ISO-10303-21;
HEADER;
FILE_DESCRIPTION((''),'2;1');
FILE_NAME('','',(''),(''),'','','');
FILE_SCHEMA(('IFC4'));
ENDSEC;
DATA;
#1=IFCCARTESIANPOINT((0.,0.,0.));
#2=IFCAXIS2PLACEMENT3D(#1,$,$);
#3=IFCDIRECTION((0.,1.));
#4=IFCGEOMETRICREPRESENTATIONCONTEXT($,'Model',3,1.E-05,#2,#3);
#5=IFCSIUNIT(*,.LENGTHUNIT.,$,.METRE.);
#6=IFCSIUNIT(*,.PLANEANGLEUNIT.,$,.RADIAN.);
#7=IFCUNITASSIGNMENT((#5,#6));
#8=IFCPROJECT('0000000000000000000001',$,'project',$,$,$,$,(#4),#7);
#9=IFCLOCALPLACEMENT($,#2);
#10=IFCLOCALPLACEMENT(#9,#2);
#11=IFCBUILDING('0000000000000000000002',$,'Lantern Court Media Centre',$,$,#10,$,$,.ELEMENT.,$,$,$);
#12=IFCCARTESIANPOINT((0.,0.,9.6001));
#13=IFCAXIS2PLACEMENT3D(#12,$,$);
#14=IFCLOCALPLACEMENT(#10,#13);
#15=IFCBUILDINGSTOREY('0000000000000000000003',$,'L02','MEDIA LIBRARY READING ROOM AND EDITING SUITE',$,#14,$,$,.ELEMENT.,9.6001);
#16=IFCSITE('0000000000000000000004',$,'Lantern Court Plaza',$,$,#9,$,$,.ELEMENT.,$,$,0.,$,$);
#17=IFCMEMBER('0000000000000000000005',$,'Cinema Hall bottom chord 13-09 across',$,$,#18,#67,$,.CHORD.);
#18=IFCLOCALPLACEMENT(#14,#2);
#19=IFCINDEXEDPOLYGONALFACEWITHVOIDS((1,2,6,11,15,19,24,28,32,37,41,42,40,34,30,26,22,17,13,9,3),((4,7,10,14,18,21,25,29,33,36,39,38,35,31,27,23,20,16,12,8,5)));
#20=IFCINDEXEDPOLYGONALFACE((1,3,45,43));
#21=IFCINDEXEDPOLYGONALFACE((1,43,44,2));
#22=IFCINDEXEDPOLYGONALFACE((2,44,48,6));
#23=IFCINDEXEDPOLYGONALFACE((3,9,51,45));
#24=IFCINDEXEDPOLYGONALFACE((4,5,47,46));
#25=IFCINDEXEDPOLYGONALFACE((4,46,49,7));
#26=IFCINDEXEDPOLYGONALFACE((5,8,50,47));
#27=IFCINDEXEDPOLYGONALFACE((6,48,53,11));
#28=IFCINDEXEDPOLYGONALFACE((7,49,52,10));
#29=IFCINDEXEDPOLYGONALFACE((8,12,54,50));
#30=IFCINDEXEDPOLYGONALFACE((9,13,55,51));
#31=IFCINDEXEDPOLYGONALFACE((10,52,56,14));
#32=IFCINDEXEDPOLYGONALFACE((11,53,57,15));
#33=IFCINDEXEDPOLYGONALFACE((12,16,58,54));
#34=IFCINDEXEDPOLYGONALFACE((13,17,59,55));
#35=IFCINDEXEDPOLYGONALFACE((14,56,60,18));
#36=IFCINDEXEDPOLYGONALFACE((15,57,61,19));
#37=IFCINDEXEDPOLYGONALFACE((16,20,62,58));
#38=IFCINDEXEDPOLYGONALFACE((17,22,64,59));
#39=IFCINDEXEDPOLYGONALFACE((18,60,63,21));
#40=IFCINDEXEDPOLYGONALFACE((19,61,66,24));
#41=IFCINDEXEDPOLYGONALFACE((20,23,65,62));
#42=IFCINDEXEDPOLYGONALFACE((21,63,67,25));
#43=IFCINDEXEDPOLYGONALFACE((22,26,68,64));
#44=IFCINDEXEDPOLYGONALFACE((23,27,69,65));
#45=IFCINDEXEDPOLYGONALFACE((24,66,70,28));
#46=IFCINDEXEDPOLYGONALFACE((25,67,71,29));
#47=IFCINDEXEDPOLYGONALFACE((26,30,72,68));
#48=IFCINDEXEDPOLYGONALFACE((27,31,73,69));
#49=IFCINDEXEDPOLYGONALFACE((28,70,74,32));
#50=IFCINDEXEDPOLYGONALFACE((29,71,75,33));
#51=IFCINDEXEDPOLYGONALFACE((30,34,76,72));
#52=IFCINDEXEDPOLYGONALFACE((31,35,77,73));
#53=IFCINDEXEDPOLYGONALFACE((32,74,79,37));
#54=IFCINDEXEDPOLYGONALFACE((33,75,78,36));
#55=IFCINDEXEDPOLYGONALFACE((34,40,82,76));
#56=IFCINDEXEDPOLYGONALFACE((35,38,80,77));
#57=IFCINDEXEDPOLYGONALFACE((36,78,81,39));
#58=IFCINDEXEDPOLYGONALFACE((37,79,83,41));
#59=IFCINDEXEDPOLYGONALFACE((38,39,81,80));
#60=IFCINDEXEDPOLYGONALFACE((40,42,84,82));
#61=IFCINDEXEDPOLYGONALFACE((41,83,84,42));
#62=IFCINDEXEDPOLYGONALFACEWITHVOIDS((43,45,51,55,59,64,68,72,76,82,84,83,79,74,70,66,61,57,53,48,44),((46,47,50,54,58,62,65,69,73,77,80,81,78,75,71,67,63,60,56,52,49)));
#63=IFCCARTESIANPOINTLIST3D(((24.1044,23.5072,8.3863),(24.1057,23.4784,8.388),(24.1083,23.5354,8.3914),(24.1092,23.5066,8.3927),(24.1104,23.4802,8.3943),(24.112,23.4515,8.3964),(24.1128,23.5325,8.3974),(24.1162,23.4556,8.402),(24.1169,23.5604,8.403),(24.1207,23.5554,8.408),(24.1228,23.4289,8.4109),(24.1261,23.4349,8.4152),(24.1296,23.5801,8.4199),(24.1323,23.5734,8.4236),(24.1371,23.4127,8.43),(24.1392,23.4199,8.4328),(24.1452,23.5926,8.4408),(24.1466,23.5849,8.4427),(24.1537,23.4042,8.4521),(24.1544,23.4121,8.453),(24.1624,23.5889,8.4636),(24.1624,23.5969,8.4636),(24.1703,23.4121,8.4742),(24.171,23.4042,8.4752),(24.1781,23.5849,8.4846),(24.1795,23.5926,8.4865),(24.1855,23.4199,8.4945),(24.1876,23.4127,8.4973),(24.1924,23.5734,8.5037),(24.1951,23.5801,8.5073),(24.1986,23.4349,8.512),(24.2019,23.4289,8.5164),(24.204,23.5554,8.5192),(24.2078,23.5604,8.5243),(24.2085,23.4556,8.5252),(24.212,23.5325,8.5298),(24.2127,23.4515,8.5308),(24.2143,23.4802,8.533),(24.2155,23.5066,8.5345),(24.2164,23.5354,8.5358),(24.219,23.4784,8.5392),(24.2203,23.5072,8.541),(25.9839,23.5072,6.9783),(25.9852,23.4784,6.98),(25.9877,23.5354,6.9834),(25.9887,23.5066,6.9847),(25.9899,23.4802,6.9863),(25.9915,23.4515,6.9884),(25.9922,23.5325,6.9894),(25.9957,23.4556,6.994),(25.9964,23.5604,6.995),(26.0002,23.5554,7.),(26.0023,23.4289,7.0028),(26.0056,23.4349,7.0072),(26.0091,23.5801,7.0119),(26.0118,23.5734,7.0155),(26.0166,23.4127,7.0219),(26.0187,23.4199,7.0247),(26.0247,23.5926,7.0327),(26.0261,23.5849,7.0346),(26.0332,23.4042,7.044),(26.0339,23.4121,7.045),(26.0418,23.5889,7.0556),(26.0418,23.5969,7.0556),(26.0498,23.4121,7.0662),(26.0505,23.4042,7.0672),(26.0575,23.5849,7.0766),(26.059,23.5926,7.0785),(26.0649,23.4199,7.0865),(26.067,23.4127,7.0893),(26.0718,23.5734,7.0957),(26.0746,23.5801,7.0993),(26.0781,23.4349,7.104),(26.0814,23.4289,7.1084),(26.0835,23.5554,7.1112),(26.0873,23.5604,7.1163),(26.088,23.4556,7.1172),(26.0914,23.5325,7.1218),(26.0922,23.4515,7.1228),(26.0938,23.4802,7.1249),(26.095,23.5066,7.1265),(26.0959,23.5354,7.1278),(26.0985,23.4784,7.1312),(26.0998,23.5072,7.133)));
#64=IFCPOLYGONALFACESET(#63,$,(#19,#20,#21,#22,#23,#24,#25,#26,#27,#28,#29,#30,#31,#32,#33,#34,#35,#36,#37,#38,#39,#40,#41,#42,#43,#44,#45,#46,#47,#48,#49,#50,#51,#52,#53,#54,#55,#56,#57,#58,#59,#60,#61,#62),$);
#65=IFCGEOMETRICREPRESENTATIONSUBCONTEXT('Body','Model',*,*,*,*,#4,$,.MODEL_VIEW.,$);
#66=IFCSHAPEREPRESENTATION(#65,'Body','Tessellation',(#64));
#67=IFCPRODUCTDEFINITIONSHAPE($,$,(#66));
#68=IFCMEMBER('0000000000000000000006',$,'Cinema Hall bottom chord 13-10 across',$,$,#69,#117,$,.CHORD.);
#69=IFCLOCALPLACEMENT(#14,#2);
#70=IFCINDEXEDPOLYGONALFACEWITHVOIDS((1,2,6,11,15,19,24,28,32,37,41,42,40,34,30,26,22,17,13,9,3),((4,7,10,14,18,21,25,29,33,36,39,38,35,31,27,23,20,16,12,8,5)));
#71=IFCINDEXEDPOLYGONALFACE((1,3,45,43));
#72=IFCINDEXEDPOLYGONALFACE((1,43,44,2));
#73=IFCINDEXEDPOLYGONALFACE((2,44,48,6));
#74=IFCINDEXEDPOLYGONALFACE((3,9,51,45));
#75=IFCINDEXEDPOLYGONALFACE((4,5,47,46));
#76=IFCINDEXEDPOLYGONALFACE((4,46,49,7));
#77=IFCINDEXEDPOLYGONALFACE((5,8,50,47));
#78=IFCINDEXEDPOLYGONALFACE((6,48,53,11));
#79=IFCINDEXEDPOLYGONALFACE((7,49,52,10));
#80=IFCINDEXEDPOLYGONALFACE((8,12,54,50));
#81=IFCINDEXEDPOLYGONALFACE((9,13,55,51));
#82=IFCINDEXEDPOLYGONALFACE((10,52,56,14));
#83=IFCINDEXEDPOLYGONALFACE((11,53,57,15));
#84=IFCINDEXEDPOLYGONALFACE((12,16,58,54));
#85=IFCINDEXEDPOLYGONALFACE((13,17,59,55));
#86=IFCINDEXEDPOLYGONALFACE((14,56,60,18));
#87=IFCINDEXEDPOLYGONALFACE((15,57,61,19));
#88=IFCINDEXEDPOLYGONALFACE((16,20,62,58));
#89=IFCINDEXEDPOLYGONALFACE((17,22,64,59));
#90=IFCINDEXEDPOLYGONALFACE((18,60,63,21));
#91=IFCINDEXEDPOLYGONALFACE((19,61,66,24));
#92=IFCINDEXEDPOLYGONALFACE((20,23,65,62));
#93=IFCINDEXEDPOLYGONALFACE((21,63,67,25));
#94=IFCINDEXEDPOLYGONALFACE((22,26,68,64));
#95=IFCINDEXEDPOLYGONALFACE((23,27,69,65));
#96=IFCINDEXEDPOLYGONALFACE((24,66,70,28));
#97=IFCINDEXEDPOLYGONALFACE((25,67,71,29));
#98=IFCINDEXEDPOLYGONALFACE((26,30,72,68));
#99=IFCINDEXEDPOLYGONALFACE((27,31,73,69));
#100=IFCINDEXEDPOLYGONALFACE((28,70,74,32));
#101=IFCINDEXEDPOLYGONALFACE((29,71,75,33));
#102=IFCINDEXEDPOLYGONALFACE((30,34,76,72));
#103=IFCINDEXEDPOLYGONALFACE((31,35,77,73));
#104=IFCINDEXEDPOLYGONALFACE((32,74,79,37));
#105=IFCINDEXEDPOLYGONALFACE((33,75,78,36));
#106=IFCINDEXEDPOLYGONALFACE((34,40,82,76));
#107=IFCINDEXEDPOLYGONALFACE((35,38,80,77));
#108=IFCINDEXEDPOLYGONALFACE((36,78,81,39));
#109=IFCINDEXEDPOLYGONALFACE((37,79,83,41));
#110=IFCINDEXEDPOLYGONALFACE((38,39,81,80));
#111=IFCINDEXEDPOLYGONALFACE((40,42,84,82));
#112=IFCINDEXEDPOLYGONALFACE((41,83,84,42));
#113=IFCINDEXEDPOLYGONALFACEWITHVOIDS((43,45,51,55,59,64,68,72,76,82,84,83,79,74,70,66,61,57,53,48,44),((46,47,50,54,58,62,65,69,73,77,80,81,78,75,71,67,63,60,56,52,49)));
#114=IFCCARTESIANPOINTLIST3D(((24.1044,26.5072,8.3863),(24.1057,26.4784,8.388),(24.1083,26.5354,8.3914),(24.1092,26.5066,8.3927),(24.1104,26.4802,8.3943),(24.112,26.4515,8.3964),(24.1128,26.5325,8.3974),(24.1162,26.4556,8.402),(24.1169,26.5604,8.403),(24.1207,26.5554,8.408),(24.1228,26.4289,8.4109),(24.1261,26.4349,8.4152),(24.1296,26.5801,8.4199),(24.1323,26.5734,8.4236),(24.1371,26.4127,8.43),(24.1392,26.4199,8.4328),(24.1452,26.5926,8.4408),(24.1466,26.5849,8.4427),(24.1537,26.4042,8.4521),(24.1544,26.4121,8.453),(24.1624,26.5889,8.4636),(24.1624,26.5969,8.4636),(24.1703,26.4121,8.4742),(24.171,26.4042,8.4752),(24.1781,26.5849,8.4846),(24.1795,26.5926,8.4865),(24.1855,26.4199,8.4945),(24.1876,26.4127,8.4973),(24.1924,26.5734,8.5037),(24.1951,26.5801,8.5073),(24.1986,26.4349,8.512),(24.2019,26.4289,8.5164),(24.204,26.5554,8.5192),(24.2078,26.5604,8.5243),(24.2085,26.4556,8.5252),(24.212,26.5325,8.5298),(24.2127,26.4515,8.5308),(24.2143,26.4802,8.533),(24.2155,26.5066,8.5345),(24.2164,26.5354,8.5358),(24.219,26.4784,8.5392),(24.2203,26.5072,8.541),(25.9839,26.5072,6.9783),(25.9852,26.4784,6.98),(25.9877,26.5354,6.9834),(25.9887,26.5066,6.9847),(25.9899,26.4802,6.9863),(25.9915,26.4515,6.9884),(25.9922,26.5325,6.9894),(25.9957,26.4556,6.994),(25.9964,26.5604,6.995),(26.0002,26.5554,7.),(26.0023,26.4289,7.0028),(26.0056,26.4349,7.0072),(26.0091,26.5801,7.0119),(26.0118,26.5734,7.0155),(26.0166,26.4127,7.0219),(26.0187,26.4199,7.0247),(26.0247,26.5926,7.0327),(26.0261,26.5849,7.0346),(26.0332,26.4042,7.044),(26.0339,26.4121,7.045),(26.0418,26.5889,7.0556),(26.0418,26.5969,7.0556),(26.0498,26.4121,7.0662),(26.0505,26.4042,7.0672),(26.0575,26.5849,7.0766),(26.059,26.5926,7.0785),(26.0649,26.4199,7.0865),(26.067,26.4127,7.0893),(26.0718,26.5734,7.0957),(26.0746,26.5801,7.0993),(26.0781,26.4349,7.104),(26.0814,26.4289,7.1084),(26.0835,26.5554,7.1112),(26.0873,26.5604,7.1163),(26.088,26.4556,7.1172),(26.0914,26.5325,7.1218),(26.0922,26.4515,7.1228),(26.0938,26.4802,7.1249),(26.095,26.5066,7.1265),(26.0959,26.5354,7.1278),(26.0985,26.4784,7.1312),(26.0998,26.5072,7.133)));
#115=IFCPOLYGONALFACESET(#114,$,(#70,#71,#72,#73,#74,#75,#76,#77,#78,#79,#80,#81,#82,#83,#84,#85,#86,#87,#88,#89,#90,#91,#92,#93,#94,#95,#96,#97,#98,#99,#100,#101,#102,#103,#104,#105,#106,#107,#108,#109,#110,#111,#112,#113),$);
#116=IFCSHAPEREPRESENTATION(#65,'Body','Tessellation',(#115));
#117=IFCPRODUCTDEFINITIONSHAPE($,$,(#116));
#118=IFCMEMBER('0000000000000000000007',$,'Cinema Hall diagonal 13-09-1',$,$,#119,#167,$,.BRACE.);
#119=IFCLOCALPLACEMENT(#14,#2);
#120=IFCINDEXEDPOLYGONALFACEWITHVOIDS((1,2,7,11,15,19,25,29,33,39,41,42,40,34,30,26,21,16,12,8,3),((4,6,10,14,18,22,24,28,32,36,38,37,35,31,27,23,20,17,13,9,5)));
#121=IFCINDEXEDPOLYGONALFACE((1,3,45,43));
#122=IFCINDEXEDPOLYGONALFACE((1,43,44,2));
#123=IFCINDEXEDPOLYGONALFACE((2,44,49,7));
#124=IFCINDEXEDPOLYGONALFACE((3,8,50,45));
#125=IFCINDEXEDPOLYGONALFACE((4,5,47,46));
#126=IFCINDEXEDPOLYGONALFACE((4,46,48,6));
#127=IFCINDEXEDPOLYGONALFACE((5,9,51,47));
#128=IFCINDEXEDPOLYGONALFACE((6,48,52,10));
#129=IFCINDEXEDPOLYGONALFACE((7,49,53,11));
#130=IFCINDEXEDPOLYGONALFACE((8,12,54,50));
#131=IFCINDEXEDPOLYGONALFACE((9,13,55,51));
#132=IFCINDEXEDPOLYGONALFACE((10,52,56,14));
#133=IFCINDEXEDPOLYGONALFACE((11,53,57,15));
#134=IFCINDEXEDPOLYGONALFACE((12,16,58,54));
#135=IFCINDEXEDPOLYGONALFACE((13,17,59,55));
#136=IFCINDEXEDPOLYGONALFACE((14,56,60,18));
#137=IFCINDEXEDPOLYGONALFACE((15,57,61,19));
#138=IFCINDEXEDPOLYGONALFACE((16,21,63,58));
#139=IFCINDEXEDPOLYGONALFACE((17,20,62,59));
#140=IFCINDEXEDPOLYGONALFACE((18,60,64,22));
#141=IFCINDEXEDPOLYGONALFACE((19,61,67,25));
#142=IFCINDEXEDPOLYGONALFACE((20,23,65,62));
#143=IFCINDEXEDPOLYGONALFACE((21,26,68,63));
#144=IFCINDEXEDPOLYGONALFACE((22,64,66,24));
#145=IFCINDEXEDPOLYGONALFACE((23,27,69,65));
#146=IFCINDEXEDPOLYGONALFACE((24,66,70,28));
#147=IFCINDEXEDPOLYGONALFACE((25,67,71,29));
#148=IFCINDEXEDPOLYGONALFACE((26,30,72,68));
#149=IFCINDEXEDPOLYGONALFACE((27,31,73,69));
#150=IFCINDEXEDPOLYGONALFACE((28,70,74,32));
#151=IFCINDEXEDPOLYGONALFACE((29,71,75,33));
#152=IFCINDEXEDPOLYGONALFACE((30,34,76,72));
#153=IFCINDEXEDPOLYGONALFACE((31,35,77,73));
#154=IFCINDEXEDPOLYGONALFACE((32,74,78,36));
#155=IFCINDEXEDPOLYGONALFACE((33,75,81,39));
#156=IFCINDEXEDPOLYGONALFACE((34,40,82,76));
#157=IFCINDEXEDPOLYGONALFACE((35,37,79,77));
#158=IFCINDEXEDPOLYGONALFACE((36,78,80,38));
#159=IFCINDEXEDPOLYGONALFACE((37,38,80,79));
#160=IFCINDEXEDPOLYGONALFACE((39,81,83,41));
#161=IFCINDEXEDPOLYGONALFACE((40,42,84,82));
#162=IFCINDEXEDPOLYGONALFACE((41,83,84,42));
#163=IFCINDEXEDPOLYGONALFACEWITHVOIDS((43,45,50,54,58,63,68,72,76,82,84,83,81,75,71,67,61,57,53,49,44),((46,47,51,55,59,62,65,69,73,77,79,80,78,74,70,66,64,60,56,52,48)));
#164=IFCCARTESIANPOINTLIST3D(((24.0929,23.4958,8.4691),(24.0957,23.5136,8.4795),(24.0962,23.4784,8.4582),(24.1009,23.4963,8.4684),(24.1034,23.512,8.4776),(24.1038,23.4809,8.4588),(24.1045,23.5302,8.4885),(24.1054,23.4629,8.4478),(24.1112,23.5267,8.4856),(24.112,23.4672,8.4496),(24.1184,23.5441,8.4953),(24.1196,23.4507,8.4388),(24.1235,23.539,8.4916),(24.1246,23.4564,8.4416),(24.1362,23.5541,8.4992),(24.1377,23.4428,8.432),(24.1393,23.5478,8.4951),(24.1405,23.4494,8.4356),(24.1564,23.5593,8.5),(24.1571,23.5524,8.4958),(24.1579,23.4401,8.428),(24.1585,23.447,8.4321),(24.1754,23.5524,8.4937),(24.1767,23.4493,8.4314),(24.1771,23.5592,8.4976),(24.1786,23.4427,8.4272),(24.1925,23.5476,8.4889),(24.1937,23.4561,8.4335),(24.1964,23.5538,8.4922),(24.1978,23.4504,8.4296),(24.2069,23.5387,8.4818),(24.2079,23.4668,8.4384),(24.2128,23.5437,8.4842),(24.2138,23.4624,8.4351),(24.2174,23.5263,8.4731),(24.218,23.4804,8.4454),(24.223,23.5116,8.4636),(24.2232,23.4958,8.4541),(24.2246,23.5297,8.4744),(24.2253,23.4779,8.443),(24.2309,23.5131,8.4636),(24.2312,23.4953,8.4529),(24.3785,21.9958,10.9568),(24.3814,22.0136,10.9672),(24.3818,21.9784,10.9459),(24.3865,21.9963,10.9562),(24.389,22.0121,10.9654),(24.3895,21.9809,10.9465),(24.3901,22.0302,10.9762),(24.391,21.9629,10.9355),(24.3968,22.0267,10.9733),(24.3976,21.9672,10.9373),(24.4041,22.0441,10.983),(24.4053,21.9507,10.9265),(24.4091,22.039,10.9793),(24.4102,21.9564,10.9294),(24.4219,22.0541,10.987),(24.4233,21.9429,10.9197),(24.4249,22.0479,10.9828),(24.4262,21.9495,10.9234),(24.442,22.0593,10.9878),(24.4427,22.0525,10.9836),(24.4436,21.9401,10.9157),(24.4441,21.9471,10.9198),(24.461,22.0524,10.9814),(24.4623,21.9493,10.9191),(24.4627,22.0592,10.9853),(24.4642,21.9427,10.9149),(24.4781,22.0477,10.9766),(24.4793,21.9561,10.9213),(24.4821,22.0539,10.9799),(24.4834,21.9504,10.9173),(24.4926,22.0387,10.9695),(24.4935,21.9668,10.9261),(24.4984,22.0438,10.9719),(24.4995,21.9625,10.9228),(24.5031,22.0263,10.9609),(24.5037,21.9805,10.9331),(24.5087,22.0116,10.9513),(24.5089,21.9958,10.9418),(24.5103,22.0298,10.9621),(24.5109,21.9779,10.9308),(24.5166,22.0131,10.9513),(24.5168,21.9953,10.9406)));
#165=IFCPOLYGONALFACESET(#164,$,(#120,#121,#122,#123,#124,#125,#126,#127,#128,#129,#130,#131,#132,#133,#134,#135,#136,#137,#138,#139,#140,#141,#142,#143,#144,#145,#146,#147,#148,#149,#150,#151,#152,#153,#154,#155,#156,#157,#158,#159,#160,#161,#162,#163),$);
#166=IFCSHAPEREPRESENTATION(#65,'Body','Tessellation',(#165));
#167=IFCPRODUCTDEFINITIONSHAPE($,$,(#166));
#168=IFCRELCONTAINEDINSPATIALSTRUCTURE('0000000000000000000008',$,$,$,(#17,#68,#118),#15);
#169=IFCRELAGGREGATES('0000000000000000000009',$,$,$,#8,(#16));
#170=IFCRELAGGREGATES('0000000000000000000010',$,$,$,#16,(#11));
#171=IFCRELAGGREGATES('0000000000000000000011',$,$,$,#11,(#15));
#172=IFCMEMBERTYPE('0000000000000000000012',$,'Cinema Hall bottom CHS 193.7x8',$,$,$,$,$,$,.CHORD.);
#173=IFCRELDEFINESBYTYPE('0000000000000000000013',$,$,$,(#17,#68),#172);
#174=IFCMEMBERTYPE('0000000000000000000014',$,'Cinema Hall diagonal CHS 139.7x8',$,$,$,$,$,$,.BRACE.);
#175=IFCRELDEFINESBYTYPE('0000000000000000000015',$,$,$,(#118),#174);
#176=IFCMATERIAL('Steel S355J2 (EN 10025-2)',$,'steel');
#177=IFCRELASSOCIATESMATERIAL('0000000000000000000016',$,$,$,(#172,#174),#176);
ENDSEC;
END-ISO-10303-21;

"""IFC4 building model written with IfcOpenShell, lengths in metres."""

from ifc_helpers import new_model, si_unit, direction, frame, origin, origin_2d, place, context, subcontext, project, spatial, hollow_circle, extrude, material, material_profile, profile_set, type_object, element, save


model = new_model("IFC4")

# Units and contexts
model_context = context("Model", 3, precision=1e-05, world=origin(), true_north=direction((0.0, 1.0)))
body_context = subcontext(model_context, "Body", "Model", "MODEL_VIEW")
ifc_project = project(units=[si_unit("LENGTHUNIT", "METRE"), si_unit("PLANEANGLEUNIT", "RADIAN")], contexts=[model_context])

# Site, building, storey
site_placement = place(None, origin())
site = spatial("IfcSite", under=ifc_project, at=site_placement, Name="Lantern Court Plaza", CompositionType="ELEMENT", RefElevation=0.0)
building_placement = place(site_placement, origin())
building = spatial("IfcBuilding", under=site, at=building_placement, Name="Lantern Court Media Centre", CompositionType="ELEMENT")
storey_placement = place(building_placement, frame((0.0, 0.0, 9.6001)))
storey = spatial("IfcBuildingStorey", under=building, at=storey_placement, Name="L02", Description="MEDIA LIBRARY READING ROOM AND EDITING SUITE", CompositionType="ELEMENT", Elevation=9.6001)

# Members
ifc_material = material(Name="Steel S355J2 (EN 10025-2)", Category="steel")
ifc_material_profile_1 = material_profile(ifc_material, hollow_circle(Radius=0.0969, WallThickness=0.0081, at=origin_2d()), Name="Cinema Hall bottom CHS 193.7x8")
ifc_profile_set_1 = profile_set([ifc_material_profile_1], Name="Steel S355J2 (EN 10025-2)")
member_type_1 = type_object("IfcMemberType", Name="Cinema Hall bottom CHS 193.7x8", PredefinedType="CHORD", material=ifc_profile_set_1)
for number, where, z_axis, x_axis, name in (
    (1, (24.1624, 23.5, 8.4636), (0.800324, 0.0, -0.599567), (0.0, 1.0, 0.0), "Cinema Hall bottom chord 13-09 across"),
    (2, (24.1624, 26.5, 8.4636), (0.800324, 0.0, -0.599567), (0.0, 1.0, 0.0), "Cinema Hall bottom chord 13-10 across"),
):
    element("IfcMember", number, at=place(storey_placement, frame(where, z_axis=z_axis, x_axis=x_axis)), inside=storey, type_object=member_type_1, Name=name, PredefinedType="CHORD", context=body_context, shape_type="SweptSolid", body=[
        extrude(hollow_circle(Radius=0.0969, WallThickness=0.0081, at=origin_2d()), origin(), (0.0, 0.0, 1.0), 2.3484),
    ])
ifc_material_profile_2 = material_profile(ifc_material, hollow_circle(Radius=0.0698, WallThickness=0.0081, at=origin_2d()), Name="Cinema Hall diagonal CHS 139.7x8")
ifc_profile_set_2 = profile_set([ifc_material_profile_2], Name="Steel S355J2 (EN 10025-2)")
member_type_2 = type_object("IfcMemberType", Name="Cinema Hall diagonal CHS 139.7x8", PredefinedType="BRACE", material=ifc_profile_set_2)
member_1_placement = place(storey_placement, frame((24.1624, 23.5, 8.4636), z_axis=(0.097856, -0.51387, 0.852268), x_axis=(0.982347, 0.187068, 0.0)))
element("IfcMember", 3, at=member_1_placement, inside=storey, type_object=member_type_2, Name="Cinema Hall diagonal 13-09-1", PredefinedType="BRACE", context=body_context, shape_type="SweptSolid", body=[
    extrude(hollow_circle(Radius=0.0698, WallThickness=0.0081, at=origin_2d()), origin(), (0.0, 0.0, 1.0), 2.9189),
])

save(model, "model.ifc")
